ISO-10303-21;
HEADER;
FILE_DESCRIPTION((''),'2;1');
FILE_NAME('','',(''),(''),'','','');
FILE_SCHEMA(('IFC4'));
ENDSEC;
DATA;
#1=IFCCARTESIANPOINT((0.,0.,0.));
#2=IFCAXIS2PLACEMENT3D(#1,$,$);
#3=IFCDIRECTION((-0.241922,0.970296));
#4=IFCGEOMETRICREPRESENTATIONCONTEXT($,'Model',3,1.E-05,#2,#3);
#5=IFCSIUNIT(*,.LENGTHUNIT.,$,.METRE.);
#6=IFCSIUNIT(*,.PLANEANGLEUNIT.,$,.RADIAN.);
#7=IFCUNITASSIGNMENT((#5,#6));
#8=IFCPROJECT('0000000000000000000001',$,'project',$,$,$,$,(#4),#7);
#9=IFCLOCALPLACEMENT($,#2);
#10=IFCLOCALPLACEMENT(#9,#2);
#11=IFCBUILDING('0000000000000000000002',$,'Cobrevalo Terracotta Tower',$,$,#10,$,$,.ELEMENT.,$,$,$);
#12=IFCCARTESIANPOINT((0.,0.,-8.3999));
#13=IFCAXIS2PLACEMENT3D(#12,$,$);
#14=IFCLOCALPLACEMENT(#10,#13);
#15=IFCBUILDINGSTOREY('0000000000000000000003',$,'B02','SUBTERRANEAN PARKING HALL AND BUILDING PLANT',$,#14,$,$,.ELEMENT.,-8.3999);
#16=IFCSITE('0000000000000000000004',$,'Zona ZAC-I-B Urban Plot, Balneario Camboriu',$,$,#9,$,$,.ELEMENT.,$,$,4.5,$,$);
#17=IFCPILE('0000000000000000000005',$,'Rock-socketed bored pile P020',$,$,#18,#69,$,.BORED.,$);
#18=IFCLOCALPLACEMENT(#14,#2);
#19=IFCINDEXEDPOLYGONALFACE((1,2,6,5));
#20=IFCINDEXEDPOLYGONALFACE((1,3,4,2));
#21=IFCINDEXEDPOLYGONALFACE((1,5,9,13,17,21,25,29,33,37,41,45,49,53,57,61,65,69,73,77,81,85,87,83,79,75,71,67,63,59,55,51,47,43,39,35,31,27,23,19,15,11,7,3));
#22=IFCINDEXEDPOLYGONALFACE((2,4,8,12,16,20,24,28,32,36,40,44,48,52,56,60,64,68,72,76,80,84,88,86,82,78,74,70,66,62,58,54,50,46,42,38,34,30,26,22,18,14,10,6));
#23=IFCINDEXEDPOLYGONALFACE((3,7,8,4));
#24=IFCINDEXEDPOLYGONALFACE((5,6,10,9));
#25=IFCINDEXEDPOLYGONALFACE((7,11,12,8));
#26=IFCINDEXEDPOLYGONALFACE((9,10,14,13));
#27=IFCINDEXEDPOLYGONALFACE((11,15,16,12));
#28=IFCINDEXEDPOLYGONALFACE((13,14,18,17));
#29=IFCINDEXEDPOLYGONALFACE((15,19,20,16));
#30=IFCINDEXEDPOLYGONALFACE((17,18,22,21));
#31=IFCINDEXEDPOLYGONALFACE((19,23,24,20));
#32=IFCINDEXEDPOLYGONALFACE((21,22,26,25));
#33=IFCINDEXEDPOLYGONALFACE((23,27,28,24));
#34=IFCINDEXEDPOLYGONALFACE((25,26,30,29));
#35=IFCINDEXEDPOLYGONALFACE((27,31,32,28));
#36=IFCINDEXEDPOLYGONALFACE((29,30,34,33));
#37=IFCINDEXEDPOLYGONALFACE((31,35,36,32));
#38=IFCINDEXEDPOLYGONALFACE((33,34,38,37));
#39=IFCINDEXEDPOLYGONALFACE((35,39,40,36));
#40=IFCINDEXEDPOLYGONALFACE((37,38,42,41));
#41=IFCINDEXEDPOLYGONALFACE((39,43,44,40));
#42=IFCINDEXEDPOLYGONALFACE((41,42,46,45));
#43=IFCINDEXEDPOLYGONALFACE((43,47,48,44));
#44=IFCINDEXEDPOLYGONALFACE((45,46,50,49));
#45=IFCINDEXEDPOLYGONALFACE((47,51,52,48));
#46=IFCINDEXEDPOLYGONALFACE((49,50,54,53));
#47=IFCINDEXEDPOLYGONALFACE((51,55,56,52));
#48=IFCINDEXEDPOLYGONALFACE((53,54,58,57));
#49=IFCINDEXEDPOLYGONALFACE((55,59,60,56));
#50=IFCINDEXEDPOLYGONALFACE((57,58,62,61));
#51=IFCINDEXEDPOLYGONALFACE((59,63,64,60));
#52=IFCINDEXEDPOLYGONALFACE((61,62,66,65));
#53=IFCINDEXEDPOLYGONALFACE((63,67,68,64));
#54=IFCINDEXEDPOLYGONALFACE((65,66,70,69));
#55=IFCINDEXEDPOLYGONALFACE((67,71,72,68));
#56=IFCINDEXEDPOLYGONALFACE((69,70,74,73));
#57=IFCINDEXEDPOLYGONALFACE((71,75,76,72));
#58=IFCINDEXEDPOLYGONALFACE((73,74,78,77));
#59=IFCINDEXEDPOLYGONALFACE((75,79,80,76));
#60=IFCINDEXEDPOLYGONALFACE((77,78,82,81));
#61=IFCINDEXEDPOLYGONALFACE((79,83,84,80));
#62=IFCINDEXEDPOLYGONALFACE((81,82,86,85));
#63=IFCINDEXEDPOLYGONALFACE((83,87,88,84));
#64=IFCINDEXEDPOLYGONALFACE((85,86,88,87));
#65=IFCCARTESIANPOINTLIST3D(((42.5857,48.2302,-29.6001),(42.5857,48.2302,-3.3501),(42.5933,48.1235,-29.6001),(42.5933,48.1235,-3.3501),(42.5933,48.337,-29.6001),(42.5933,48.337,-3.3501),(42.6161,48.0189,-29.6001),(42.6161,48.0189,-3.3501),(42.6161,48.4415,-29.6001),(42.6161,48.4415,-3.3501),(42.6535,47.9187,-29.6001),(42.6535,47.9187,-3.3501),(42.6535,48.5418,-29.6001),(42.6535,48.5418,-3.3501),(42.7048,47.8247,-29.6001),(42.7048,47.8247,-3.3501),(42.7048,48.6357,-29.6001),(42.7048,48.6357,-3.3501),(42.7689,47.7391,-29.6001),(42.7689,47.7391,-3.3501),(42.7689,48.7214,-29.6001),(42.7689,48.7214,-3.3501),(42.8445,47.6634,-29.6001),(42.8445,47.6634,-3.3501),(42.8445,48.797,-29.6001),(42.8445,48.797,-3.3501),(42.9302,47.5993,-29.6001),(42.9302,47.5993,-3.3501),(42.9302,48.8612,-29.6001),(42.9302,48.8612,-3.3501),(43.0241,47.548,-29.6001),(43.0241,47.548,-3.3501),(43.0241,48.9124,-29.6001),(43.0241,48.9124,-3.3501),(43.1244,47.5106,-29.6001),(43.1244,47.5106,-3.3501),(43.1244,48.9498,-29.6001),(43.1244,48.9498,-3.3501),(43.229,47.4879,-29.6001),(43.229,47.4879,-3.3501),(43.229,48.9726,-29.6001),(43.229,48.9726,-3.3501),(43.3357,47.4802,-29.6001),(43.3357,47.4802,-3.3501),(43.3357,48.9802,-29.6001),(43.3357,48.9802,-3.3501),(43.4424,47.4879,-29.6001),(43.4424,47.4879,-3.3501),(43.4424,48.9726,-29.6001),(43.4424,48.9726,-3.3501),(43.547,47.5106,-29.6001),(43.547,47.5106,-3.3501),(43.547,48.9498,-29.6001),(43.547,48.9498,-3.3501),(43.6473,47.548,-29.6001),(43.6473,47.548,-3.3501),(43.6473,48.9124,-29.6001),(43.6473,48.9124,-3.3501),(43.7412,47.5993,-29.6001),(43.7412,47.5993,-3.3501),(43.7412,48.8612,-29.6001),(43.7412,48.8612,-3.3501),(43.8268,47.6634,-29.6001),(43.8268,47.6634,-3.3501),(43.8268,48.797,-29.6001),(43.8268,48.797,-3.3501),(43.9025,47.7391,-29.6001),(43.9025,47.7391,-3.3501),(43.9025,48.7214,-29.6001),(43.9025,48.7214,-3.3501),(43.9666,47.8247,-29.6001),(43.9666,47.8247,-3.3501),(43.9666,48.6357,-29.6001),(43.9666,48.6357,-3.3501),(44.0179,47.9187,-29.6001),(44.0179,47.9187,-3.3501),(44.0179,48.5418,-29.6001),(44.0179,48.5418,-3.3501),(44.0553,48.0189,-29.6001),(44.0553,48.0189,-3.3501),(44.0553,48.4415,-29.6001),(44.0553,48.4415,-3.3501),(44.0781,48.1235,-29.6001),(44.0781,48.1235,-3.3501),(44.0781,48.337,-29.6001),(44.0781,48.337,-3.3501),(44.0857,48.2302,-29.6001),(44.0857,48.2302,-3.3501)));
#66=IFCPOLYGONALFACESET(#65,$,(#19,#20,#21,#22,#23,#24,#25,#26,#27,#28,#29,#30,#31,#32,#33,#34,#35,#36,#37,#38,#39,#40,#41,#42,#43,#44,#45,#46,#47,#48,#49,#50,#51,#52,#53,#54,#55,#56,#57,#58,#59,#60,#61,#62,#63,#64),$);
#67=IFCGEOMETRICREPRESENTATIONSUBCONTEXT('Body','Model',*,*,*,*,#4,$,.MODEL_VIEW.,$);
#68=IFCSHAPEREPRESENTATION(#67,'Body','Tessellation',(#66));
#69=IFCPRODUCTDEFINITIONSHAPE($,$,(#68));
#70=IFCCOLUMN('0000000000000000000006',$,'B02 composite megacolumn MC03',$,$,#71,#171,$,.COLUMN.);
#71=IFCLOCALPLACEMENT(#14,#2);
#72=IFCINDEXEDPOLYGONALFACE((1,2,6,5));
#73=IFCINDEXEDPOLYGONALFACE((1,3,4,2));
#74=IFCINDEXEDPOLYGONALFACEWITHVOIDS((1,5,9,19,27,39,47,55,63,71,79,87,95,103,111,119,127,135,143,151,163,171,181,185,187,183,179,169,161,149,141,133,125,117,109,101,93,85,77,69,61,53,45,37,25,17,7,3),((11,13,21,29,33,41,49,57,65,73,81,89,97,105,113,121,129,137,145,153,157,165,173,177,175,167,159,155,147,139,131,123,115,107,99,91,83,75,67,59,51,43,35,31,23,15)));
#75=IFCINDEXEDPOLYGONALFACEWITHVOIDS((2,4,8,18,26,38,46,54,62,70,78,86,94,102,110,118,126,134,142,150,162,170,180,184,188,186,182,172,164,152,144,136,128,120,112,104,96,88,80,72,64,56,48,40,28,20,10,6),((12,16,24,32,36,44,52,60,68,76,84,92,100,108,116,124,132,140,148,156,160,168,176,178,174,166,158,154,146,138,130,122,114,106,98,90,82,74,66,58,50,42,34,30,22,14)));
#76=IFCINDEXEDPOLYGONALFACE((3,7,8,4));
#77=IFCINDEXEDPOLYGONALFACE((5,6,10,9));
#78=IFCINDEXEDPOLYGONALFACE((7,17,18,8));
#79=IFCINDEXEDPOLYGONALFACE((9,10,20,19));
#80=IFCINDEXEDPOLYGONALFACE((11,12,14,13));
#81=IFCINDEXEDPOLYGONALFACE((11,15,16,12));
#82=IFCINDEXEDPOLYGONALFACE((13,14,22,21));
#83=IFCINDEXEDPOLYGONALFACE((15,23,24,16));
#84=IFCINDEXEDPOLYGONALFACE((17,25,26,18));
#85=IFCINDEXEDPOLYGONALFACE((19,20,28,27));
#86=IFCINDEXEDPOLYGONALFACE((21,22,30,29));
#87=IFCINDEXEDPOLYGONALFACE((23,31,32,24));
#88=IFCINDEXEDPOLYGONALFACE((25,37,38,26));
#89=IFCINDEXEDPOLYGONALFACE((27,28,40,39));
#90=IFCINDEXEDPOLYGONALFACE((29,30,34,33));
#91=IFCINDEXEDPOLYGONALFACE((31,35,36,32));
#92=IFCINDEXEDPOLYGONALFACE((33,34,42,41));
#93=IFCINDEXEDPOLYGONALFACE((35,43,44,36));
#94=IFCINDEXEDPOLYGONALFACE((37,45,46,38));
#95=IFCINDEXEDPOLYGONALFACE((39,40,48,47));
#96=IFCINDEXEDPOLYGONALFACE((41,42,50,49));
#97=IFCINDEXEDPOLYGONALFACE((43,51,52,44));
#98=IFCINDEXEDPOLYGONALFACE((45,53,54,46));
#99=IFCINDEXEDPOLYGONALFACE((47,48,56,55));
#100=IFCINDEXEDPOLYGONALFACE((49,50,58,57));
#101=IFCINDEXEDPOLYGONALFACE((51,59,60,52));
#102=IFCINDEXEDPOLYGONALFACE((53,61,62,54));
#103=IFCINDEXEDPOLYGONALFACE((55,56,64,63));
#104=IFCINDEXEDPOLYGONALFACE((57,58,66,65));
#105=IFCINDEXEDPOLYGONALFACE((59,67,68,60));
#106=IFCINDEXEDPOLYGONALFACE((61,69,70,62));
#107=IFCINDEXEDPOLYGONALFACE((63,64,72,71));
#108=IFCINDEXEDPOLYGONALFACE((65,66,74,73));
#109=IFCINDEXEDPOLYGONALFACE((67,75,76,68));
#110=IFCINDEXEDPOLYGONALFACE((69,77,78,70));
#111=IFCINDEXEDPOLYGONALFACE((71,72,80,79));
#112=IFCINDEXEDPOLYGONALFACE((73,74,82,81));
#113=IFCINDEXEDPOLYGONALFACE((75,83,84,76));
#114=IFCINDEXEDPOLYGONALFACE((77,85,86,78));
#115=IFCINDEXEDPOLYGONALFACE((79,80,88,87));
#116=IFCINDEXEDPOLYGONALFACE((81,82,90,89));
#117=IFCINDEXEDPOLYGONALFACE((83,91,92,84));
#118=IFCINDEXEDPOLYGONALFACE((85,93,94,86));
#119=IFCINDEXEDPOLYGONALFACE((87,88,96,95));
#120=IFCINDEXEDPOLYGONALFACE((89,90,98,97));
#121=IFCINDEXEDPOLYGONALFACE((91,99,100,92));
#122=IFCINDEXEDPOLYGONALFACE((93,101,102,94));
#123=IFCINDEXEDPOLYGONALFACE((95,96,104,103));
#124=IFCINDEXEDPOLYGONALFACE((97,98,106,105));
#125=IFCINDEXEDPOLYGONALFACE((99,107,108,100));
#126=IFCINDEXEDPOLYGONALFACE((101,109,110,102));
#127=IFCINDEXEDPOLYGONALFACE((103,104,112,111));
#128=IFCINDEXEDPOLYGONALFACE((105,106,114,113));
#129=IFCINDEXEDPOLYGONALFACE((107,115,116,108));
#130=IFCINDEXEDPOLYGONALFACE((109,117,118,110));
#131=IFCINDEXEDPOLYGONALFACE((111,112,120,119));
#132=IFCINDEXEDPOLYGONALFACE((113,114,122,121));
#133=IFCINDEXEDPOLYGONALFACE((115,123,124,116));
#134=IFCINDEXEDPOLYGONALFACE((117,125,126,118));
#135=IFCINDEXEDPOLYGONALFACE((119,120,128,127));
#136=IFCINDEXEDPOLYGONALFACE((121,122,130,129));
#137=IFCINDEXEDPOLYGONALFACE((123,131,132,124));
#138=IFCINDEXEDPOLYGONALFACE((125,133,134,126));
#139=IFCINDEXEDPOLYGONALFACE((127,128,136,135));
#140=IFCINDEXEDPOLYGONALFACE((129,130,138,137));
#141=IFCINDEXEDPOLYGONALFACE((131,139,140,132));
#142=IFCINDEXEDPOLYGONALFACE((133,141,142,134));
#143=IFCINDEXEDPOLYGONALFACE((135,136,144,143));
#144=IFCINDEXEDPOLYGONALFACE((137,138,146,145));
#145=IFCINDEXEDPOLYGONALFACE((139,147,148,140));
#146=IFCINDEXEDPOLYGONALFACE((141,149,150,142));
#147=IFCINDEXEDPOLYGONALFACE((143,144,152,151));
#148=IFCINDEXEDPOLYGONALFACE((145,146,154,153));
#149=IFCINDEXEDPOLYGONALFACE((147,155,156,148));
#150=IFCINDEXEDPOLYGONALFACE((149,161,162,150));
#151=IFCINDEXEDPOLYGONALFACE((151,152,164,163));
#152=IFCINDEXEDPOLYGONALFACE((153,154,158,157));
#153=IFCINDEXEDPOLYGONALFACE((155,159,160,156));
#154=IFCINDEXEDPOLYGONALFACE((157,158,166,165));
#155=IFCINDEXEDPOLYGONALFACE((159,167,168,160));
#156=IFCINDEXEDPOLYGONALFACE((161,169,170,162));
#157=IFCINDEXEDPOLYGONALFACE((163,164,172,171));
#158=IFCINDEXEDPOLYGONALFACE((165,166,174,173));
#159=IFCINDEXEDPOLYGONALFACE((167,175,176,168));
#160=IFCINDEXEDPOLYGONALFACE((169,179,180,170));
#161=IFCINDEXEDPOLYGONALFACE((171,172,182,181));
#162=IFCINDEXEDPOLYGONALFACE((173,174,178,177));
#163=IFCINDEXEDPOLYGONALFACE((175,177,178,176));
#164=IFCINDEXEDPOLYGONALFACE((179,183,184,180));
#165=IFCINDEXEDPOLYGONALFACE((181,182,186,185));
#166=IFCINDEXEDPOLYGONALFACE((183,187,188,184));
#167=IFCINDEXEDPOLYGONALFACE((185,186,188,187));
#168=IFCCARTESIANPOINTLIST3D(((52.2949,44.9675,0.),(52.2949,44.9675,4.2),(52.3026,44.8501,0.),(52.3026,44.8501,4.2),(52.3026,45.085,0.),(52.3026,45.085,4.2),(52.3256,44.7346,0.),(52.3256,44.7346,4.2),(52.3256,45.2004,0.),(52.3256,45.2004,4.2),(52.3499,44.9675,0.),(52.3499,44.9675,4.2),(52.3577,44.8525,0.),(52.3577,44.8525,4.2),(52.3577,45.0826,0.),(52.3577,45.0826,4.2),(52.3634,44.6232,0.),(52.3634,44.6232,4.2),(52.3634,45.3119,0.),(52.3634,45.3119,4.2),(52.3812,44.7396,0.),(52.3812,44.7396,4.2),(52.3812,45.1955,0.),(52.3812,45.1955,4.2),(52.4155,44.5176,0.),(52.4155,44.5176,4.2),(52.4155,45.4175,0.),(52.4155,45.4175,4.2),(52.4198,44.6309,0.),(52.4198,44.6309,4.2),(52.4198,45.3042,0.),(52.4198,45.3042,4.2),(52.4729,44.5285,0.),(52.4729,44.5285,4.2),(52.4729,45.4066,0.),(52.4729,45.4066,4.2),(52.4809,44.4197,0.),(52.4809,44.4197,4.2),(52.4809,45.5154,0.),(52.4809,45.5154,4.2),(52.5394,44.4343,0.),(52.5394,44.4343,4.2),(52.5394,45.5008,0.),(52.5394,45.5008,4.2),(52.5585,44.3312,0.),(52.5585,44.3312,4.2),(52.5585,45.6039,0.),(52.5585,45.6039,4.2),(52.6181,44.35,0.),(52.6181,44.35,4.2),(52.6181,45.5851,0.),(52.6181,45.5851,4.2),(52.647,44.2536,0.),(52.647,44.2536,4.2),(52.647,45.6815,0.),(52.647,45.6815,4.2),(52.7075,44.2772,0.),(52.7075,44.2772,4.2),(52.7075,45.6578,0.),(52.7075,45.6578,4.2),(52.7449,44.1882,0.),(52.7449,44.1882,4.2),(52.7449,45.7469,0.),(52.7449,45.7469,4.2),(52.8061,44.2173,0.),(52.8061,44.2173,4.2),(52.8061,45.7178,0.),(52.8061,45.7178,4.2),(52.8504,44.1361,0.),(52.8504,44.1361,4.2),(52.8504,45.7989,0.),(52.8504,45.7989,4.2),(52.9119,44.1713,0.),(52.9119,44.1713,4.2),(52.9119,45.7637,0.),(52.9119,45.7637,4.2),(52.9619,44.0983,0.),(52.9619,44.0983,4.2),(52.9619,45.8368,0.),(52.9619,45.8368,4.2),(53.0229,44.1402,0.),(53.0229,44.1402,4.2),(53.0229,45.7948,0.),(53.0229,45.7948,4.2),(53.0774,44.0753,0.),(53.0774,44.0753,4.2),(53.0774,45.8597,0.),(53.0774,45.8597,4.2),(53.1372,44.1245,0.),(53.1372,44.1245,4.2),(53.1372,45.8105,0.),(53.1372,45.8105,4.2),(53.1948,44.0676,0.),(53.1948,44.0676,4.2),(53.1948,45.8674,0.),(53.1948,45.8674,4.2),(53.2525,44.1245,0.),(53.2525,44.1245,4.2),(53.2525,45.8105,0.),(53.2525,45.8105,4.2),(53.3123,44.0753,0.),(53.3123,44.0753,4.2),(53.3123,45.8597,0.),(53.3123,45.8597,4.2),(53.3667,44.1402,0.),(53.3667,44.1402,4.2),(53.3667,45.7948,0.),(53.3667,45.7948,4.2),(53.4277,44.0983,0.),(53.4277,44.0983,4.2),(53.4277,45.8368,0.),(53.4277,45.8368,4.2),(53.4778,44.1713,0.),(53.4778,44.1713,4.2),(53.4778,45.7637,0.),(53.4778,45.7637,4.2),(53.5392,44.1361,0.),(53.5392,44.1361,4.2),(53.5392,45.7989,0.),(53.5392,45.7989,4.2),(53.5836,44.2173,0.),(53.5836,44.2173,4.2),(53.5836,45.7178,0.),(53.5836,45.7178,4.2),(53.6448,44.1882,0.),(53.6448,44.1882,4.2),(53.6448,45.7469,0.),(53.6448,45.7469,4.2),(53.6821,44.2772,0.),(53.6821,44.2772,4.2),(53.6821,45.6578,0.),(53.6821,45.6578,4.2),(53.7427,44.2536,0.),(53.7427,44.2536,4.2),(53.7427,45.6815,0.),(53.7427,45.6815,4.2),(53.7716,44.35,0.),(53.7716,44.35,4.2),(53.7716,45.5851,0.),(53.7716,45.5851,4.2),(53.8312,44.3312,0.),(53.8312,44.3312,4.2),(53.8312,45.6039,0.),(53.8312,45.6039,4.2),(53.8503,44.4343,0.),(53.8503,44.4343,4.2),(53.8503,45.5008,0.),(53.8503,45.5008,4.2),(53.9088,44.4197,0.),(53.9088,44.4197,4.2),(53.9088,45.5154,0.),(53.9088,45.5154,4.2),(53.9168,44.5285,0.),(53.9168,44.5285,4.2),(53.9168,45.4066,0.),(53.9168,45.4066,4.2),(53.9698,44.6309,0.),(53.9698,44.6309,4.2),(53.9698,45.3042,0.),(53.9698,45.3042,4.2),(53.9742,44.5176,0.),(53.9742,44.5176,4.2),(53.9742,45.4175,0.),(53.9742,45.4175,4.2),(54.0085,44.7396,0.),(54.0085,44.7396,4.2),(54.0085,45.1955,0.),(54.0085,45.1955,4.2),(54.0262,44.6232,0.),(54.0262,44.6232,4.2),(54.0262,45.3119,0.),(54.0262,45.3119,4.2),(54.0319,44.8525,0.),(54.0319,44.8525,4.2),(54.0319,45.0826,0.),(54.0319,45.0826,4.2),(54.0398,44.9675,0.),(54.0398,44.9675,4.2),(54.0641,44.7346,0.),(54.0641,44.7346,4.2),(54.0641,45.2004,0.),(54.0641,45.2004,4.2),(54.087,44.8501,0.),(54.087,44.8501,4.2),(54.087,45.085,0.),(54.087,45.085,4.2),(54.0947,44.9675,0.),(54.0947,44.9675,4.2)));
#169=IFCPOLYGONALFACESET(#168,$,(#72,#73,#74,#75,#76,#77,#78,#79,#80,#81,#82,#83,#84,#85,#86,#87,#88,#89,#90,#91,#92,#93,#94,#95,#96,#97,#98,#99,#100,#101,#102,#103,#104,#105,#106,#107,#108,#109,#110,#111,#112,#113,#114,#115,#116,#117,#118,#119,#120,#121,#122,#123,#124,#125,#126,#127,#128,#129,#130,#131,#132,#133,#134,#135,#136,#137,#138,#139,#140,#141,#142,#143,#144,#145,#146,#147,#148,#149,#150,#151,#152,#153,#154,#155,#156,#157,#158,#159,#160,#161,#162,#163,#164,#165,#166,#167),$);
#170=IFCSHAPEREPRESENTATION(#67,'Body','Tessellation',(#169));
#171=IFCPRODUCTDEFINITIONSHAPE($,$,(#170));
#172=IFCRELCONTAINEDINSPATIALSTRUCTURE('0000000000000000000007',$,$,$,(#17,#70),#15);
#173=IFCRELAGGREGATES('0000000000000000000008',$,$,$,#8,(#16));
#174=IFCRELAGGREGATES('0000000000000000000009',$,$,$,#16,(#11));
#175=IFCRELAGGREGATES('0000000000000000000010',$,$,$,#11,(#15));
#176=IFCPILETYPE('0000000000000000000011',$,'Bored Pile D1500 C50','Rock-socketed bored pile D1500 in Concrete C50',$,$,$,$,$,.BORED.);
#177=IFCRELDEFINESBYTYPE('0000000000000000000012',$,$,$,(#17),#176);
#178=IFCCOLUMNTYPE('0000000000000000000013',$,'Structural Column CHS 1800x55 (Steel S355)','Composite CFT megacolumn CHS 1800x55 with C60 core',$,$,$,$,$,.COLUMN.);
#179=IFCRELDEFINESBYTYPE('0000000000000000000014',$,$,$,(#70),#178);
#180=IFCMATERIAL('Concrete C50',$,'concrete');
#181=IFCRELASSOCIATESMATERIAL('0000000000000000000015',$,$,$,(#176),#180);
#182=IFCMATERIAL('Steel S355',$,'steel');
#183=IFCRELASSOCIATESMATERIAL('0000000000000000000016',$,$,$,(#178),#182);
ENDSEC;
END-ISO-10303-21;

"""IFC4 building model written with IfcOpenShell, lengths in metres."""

from ifc_helpers import new_model, si_unit, direction, frame, origin, origin_2d, place, context, subcontext, project, spatial, circle, hollow_circle, extrude, material, material_profile, profile_set, type_object, element, save


model = new_model("IFC4")

# Units and contexts
model_context = context("Model", 3, precision=1e-05, world=origin(), true_north=direction((-0.241922, 0.970296)))
body_context = subcontext(model_context, "Body", "Model", "MODEL_VIEW")
ifc_project = project(units=[si_unit("LENGTHUNIT", "METRE"), si_unit("PLANEANGLEUNIT", "RADIAN")], contexts=[model_context])

# Site, building, storey
site_placement = place(None, origin())
site = spatial("IfcSite", under=ifc_project, at=site_placement, Name="Zona ZAC-I-B Urban Plot, Balneario Camboriu", CompositionType="ELEMENT", RefElevation=4.5)
building_placement = place(site_placement, origin())
building = spatial("IfcBuilding", under=site, at=building_placement, Name="Cobrevalo Terracotta Tower", CompositionType="ELEMENT")
storey_placement = place(building_placement, frame((0.0, 0.0, -8.3999)))
storey = spatial("IfcBuildingStorey", under=building, at=storey_placement, Name="B02", Description="SUBTERRANEAN PARKING HALL AND BUILDING PLANT", CompositionType="ELEMENT", Elevation=-8.3999)

# Pile
ifc_material_1 = material(Name="Concrete C50", Category="concrete")
ifc_material_profile_1 = material_profile(ifc_material_1, circle(Radius=0.75, at=origin_2d()), Name="PILE D1500")
ifc_profile_set_1 = profile_set([ifc_material_profile_1], Name="Concrete C50")
pile_type_1 = type_object("IfcPileType", Name="Bored Pile D1500 C50", Description="Rock-socketed bored pile D1500 in Concrete C50", PredefinedType="BORED", material=ifc_profile_set_1)
for number, where, z_axis, x_axis, name in (
    (1, (43.3357, 48.2302, -3.3501), (0.0, 0.0, -1.0), (1.0, 0.0, 0.0), "Rock-socketed bored pile P020"),
):
    element("IfcPile", number, at=place(storey_placement, frame(where, z_axis=z_axis, x_axis=x_axis)), inside=storey, type_object=pile_type_1, Name=name, PredefinedType="BORED", context=body_context, shape_type="SweptSolid", body=[
        extrude(circle(Radius=0.75, at=origin_2d()), origin(), (0.0, 0.0, 1.0), 26.25),
    ])

# Column
ifc_material_2 = material(Name="Steel S355", Category="steel")
ifc_material_profile_2 = material_profile(ifc_material_2, hollow_circle(Radius=0.8999, WallThickness=0.0549, at=origin_2d()), Name="CHS 1800x55")
ifc_profile_set_2 = profile_set([ifc_material_profile_2], Name="Steel S355")
column_type_1 = type_object("IfcColumnType", Name="Structural Column CHS 1800x55 (Steel S355)", Description="Composite CFT megacolumn CHS 1800x55 with C60 core", PredefinedType="COLUMN", material=ifc_profile_set_2)
for number, where, z_axis, x_axis, name in (
    (2, (53.1948, 44.9675, 0.0), (0.0, 0.0, 1.0), (1.0, 0.0, 0.0), "B02 composite megacolumn MC03"),
):
    element("IfcColumn", number, at=place(storey_placement, frame(where, z_axis=z_axis, x_axis=x_axis)), inside=storey, type_object=column_type_1, Name=name, PredefinedType="COLUMN", context=body_context, shape_type="SweptSolid", body=[
        extrude(hollow_circle(Radius=0.8999, WallThickness=0.0549, at=origin_2d()), origin(), (0.0, 0.0, 1.0), 4.2),
    ])

save(model, "model.ifc")
